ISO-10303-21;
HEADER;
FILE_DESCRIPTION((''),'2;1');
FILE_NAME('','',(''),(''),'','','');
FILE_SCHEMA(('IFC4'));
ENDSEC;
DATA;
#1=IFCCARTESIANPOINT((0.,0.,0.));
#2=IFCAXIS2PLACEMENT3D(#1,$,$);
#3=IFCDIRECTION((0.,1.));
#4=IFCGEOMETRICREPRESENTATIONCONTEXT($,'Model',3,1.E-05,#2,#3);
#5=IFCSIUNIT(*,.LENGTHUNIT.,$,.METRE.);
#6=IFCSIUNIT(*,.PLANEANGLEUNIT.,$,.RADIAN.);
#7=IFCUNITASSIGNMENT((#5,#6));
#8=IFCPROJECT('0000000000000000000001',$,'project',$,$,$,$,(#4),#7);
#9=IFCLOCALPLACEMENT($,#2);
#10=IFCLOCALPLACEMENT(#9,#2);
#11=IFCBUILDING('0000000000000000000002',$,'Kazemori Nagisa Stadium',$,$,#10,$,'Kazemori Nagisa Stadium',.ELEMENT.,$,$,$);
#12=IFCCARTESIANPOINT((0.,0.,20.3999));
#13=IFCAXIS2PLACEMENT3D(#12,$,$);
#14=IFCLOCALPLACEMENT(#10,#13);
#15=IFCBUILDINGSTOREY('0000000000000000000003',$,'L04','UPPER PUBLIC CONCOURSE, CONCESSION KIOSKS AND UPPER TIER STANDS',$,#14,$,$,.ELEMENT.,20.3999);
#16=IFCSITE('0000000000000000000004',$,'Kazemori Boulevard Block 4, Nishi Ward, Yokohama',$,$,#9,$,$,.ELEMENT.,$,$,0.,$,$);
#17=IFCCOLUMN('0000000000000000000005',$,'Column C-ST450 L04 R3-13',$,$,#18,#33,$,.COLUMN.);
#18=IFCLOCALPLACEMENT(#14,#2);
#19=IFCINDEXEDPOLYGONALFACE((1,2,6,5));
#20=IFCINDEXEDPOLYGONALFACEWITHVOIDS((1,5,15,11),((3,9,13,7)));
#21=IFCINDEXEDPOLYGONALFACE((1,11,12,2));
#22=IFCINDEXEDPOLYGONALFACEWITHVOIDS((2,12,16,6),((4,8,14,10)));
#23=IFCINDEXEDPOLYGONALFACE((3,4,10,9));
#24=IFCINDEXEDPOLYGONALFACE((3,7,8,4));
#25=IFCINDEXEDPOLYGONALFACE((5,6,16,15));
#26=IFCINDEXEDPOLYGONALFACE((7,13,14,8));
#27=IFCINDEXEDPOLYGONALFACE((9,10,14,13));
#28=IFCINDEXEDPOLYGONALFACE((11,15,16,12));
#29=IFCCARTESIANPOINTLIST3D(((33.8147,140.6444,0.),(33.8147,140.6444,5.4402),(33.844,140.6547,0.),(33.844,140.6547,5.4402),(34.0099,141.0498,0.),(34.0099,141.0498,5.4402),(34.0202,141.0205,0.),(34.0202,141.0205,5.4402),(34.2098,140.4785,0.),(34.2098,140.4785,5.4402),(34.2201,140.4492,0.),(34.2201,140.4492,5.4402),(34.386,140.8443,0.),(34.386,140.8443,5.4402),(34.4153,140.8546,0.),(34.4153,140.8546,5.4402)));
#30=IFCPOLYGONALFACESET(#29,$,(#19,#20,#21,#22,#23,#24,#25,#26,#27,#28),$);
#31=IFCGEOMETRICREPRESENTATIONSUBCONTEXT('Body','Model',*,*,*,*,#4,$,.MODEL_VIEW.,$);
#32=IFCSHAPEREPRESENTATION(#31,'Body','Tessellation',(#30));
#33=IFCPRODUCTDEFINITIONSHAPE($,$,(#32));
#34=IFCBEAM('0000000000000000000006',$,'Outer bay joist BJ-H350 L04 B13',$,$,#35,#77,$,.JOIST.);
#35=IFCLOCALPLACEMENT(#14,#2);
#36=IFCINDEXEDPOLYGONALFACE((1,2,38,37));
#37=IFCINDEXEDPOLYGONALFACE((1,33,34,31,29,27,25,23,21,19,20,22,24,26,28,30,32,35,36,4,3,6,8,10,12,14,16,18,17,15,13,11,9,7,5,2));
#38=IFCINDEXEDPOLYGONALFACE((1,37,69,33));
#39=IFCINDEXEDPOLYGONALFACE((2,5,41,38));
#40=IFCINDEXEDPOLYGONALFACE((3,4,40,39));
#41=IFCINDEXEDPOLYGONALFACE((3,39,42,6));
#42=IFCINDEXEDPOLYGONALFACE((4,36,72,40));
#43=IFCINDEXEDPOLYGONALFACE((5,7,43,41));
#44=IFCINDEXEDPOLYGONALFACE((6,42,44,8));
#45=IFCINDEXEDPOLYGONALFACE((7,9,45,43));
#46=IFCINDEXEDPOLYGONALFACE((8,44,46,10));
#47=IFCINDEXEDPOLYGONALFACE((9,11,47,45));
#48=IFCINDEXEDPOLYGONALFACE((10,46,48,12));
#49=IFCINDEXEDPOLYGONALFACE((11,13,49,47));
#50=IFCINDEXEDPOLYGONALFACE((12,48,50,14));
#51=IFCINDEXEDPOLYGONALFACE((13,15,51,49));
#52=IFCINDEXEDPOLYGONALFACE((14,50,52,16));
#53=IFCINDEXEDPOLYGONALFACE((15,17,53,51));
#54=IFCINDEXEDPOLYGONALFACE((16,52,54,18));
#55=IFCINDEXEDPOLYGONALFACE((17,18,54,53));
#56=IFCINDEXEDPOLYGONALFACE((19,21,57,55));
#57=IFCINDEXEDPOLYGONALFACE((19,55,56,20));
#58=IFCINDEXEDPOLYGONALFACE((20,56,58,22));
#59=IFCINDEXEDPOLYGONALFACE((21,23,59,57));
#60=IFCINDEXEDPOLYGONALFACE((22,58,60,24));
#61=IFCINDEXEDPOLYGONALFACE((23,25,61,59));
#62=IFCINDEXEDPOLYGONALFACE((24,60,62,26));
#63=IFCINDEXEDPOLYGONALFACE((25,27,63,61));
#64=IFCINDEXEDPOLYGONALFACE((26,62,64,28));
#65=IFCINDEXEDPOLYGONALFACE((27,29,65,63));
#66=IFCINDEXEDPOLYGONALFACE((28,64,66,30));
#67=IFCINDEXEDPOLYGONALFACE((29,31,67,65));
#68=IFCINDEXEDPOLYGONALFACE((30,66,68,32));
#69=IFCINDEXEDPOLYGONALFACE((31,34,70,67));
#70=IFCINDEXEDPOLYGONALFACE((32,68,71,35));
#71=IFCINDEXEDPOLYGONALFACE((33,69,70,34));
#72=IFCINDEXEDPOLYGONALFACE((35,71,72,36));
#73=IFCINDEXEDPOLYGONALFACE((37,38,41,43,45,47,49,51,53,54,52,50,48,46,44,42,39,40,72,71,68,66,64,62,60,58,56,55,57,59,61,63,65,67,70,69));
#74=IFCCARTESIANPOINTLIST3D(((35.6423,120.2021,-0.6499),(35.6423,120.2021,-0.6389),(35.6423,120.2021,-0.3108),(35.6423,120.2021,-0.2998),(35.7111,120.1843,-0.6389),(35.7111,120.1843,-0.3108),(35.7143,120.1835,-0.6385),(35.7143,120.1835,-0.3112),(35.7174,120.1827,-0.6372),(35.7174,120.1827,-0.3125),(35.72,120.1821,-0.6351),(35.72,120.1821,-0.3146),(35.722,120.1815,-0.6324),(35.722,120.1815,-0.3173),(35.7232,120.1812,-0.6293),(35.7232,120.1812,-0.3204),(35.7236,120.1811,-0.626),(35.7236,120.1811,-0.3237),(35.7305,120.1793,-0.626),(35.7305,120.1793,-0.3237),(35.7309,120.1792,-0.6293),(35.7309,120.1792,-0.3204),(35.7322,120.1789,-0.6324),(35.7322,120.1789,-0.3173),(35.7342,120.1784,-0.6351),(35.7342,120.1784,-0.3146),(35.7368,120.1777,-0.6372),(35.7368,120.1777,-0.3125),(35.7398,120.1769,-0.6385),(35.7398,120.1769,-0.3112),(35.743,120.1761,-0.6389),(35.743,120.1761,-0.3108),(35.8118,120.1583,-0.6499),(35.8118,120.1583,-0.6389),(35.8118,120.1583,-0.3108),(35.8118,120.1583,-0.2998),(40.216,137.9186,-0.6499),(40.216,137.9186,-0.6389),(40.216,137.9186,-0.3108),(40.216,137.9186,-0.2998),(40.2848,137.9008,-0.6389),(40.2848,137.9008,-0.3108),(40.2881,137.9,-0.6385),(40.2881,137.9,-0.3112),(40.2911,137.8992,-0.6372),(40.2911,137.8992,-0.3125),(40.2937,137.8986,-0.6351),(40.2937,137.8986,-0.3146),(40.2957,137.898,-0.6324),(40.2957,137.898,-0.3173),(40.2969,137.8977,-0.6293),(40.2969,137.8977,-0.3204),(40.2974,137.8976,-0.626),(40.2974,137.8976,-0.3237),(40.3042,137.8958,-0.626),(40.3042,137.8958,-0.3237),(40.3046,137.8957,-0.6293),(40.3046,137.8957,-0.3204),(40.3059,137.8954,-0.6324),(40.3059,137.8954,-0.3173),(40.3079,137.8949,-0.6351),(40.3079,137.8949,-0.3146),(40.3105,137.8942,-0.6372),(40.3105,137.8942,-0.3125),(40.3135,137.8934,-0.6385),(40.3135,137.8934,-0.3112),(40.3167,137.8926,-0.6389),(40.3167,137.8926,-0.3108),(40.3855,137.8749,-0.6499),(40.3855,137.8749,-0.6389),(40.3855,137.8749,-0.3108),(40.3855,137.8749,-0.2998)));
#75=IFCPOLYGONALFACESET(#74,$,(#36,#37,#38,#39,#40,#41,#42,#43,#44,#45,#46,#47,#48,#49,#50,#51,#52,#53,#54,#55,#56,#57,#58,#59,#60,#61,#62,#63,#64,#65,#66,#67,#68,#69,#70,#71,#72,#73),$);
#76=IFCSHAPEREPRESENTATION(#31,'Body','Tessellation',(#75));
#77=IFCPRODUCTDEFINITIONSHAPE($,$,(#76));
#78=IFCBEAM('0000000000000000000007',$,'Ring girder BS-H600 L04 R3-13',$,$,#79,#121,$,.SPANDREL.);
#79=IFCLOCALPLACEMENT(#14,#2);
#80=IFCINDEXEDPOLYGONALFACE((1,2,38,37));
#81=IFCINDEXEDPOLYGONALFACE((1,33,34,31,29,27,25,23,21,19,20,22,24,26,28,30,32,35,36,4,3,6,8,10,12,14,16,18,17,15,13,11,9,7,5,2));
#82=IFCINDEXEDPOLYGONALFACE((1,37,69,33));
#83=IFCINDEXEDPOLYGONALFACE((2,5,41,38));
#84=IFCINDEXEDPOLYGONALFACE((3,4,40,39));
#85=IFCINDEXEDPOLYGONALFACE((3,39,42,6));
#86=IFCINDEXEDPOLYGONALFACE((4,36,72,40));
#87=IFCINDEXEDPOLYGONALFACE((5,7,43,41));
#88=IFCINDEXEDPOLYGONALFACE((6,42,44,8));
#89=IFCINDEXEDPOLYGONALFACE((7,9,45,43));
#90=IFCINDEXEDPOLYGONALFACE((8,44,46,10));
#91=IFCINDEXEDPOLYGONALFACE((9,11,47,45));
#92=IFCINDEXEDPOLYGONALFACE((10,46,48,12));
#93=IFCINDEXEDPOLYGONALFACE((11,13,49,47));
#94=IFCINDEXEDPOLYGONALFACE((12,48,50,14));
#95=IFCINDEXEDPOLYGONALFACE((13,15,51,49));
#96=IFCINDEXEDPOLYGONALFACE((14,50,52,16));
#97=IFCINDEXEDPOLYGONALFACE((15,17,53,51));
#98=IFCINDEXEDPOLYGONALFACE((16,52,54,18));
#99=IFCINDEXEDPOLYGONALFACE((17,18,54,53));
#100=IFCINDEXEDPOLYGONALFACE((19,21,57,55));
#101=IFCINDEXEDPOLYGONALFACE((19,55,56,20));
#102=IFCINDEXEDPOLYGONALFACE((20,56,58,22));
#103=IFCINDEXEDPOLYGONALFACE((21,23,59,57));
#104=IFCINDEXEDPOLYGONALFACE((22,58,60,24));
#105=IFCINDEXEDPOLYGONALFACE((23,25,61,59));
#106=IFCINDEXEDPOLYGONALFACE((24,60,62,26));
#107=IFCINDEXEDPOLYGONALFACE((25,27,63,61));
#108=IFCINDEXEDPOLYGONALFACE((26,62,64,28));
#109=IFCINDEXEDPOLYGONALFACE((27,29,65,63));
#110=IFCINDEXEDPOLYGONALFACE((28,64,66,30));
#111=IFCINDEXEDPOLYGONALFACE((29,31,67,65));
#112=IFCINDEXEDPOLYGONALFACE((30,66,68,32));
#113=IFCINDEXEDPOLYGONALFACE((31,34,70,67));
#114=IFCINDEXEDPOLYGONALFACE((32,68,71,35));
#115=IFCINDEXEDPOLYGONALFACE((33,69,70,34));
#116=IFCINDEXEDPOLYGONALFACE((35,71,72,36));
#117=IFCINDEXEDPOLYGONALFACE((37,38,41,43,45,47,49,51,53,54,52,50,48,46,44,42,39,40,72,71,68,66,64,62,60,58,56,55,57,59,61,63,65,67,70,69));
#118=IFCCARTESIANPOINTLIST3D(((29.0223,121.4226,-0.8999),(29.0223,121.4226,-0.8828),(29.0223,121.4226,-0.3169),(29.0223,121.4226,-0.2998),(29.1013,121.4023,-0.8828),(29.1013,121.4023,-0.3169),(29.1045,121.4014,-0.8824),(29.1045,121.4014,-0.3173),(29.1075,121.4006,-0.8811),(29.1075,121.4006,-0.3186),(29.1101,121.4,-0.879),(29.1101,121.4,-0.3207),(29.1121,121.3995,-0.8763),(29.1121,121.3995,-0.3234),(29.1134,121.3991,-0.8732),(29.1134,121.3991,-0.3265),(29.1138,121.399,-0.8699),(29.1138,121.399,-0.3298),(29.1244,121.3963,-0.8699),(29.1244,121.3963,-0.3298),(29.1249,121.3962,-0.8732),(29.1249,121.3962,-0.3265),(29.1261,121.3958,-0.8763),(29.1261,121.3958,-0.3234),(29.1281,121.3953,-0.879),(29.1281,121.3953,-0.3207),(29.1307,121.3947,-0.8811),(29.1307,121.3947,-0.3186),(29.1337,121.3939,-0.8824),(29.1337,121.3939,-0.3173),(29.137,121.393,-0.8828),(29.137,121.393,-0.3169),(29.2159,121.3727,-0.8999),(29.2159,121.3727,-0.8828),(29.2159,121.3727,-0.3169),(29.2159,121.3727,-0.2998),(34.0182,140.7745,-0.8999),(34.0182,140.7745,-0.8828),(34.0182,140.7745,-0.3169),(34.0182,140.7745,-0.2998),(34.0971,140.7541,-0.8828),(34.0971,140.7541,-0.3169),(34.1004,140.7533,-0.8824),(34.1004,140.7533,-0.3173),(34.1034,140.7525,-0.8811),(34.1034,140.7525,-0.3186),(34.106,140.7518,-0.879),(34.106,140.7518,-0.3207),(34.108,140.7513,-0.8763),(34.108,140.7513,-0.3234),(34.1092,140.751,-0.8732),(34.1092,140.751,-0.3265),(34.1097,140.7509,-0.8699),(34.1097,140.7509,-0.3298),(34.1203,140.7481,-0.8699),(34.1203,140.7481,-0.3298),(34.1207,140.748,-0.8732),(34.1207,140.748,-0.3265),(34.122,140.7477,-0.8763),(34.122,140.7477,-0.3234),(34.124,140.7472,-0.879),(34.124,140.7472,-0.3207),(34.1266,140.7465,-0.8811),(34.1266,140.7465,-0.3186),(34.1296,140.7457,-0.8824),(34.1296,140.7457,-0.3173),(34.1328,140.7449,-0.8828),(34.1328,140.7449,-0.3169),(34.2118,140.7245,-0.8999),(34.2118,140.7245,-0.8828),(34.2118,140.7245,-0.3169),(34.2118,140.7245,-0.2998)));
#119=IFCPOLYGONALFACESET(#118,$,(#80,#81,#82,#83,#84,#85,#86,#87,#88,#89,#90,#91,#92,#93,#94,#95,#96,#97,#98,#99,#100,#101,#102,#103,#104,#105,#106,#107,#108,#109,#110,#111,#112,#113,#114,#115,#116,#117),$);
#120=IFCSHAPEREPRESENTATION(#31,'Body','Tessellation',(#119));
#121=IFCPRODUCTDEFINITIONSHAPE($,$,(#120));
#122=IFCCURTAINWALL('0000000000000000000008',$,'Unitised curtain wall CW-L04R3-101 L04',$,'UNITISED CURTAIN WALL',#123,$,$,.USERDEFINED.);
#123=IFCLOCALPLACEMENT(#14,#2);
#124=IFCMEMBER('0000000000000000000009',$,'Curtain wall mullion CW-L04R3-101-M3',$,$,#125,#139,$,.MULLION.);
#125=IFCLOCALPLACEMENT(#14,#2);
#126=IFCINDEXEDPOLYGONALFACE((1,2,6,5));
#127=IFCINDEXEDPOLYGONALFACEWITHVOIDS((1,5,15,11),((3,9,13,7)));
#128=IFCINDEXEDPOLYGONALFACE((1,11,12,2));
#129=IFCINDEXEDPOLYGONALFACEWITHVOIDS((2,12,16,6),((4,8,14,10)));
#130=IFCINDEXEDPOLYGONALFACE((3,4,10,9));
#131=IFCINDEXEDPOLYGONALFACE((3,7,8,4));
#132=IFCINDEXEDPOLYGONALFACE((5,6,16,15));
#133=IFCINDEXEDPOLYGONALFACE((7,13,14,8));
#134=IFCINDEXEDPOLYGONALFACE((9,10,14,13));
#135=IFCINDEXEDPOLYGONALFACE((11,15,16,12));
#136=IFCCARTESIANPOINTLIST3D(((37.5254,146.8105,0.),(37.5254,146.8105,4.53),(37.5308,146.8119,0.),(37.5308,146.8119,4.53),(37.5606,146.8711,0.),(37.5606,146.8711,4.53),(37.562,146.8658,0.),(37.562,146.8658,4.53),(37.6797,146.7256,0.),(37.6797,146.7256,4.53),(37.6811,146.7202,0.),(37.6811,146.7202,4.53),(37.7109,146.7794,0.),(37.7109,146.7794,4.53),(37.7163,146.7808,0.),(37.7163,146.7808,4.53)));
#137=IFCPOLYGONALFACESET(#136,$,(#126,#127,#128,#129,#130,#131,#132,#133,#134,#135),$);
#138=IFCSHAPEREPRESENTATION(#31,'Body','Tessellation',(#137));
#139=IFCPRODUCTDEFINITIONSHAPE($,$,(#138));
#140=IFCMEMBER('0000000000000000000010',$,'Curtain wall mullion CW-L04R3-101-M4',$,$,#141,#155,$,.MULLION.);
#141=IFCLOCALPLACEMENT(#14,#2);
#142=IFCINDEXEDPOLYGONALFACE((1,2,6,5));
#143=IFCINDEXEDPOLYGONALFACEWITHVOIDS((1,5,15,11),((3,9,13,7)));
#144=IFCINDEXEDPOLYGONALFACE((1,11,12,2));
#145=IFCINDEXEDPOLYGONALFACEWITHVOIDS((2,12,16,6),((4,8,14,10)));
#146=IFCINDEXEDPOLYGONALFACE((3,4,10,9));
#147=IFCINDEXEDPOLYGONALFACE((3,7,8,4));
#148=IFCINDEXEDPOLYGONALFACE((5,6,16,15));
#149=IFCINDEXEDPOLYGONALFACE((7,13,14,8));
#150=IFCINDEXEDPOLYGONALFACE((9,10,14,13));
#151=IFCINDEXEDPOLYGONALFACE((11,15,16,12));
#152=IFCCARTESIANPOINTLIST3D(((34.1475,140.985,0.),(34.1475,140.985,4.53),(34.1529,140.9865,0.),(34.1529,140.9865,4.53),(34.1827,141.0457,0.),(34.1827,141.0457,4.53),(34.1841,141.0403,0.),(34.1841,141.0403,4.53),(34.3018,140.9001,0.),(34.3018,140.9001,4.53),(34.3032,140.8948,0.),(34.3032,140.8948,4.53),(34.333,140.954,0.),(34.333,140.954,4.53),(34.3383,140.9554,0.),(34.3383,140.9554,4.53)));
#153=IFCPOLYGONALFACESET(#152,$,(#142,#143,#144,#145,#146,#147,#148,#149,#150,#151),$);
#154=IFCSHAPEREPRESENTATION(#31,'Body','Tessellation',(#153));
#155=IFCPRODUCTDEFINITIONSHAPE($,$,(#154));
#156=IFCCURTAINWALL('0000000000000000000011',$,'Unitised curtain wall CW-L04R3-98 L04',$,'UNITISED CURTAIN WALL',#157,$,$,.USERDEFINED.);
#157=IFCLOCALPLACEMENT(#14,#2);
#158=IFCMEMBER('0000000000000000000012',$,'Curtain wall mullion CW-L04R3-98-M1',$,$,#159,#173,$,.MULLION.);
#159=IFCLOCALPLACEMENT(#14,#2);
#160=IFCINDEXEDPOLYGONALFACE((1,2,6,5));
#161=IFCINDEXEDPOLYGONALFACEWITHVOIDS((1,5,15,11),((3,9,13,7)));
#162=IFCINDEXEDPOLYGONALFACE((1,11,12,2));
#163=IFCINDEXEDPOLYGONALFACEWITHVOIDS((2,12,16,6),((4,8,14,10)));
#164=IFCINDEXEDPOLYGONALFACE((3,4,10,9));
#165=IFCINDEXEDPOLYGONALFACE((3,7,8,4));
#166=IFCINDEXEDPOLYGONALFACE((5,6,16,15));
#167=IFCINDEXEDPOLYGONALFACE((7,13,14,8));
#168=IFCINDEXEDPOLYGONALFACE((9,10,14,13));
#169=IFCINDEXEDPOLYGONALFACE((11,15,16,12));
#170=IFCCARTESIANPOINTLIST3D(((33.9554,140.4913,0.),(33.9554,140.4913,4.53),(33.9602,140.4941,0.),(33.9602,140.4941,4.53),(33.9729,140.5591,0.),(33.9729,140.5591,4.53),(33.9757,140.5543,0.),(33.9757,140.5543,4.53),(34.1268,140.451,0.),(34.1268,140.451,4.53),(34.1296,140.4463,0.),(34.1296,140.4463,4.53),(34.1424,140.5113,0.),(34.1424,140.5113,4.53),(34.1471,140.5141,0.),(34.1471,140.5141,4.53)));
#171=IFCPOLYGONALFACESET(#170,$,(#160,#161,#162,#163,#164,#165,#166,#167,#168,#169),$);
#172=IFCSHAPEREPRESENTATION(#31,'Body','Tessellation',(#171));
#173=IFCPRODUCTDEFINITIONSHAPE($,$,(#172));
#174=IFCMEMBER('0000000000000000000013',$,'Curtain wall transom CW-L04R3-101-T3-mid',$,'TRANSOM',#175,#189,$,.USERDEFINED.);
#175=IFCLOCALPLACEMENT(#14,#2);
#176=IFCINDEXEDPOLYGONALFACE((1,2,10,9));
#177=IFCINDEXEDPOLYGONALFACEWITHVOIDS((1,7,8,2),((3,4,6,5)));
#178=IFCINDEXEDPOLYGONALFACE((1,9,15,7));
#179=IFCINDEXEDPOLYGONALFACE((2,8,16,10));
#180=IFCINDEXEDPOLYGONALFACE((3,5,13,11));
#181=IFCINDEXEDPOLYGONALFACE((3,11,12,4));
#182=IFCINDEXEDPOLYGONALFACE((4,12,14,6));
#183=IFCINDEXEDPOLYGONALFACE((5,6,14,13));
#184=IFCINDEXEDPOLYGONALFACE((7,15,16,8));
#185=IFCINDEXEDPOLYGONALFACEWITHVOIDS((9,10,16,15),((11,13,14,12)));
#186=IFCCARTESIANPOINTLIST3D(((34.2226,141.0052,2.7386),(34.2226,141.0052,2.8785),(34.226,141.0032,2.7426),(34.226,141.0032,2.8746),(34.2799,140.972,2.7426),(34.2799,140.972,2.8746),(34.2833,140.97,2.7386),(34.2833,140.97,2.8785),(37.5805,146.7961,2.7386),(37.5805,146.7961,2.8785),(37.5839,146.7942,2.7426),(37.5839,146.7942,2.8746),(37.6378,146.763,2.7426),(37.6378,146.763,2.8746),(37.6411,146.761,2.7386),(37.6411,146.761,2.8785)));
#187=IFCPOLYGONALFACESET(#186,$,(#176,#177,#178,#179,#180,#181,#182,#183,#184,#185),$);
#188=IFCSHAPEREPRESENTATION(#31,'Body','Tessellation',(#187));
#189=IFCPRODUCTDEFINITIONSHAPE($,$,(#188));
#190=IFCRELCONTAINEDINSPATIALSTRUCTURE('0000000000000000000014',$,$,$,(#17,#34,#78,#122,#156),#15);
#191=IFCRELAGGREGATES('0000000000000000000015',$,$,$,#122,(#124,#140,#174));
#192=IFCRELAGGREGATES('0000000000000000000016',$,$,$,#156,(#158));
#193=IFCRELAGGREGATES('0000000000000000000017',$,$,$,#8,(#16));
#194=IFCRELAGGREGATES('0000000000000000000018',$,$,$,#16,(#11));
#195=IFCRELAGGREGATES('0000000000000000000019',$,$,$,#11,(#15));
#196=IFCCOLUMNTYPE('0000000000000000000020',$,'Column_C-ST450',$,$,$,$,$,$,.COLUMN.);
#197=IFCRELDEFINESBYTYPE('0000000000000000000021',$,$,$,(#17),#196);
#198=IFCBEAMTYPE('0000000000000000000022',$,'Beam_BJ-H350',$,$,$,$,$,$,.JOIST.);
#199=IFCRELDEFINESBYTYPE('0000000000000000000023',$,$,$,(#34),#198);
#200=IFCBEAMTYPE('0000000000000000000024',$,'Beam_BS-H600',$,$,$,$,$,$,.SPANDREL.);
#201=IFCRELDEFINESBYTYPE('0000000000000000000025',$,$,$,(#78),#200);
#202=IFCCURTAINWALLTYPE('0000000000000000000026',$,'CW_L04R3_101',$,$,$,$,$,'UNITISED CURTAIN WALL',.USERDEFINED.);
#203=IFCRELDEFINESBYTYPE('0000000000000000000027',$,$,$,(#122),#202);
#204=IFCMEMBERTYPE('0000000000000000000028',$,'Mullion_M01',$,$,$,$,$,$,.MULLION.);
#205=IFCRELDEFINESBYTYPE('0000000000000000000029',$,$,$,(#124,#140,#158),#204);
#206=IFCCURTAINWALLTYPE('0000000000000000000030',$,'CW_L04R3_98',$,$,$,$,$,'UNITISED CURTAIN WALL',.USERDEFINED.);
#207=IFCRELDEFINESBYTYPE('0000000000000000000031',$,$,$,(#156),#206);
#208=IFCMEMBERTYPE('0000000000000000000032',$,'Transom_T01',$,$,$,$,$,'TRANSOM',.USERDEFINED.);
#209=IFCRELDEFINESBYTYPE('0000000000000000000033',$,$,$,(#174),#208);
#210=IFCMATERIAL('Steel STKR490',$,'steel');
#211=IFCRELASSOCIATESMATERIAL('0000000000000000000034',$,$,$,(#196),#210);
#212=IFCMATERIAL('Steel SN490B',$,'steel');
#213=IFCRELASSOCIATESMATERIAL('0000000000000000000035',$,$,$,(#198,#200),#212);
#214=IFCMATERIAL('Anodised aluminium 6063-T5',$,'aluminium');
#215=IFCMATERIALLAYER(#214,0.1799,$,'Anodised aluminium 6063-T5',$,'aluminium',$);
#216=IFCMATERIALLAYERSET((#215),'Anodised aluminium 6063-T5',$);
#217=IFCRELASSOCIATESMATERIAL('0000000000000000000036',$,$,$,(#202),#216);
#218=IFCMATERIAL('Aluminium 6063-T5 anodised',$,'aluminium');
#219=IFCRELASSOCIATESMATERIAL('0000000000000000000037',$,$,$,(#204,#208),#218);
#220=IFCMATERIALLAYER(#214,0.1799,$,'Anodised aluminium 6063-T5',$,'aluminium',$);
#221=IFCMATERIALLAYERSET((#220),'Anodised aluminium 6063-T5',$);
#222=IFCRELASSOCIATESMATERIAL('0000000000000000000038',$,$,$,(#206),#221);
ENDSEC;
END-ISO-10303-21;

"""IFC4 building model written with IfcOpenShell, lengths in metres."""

from ifc_helpers import new_model, si_unit, direction, frame, origin, origin_2d, place, context, subcontext, project, spatial, hollow_rectangle, i_section, extrude, material, layer, layer_set, material_profile, profile_set, type_object, element, aggregate, save


model = new_model("IFC4")

# Units and contexts
model_context = context("Model", 3, precision=1e-05, world=origin(), true_north=direction((0.0, 1.0)))
body_context = subcontext(model_context, "Body", "Model", "MODEL_VIEW")
ifc_project = project(units=[si_unit("LENGTHUNIT", "METRE"), si_unit("PLANEANGLEUNIT", "RADIAN")], contexts=[model_context])

# Site, building, storey
site_placement = place(None, origin())
site = spatial("IfcSite", under=ifc_project, at=site_placement, Name="Kazemori Boulevard Block 4, Nishi Ward, Yokohama", CompositionType="ELEMENT", RefElevation=0.0)
building_placement = place(site_placement, origin())
building = spatial("IfcBuilding", under=site, at=building_placement, Name="Kazemori Nagisa Stadium", LongName="Kazemori Nagisa Stadium", CompositionType="ELEMENT")
storey_placement = place(building_placement, frame((0.0, 0.0, 20.3999)))
storey = spatial("IfcBuildingStorey", under=building, at=storey_placement, Name="L04", Description="UPPER PUBLIC CONCOURSE, CONCESSION KIOSKS AND UPPER TIER STANDS", CompositionType="ELEMENT", Elevation=20.3999)

# Column
ifc_material_1 = material(Name="Steel STKR490", Category="steel")
ifc_material_profile_1 = material_profile(ifc_material_1, hollow_rectangle(XDim=0.45, YDim=0.45, WallThickness=0.022, at=origin_2d()), Name="SHS-450x450x22")
ifc_profile_set_1 = profile_set([ifc_material_profile_1], Name="Steel STKR490")
column_type = type_object("IfcColumnType", Name="Column_C-ST450", PredefinedType="COLUMN", material=ifc_profile_set_1)
column_placement = place(storey_placement, frame((34.115, 140.7495, 0.0), z_axis=(0.0, 0.0, 1.0), x_axis=(-0.900969, 0.433884, 0.0)))
element("IfcColumn", 1, at=column_placement, inside=storey, type_object=column_type, Name="Column C-ST450 L04 R3-13", PredefinedType="COLUMN", context=body_context, shape_type="SweptSolid", body=[
    extrude(hollow_rectangle(XDim=0.45, YDim=0.45, WallThickness=0.022, at=origin_2d()), origin(), (0.0, 0.0, 1.0), 5.4402),
])

# Beams
ifc_material_2 = material(Name="Steel SN490B", Category="steel")
ifc_material_profile_2 = material_profile(ifc_material_2, i_section(OverallWidth=0.175, OverallDepth=0.3501, WebThickness=0.0071, FlangeThickness=0.011, FilletRadius=0.0129, at=origin_2d()), Name="H-350x175x7x11")
ifc_profile_set_2 = profile_set([ifc_material_profile_2], Name="Steel SN490B")
beam_type_1 = type_object("IfcBeamType", Name="Beam_BJ-H350", PredefinedType="JOIST", material=ifc_profile_set_2)
beam_1_placement = place(storey_placement, frame((40.3008, 137.8967, -0.4749), z_axis=(-0.249966, -0.968255, 0.0), x_axis=(0.968255, -0.249966, 0.0)))
element("IfcBeam", 2, at=beam_1_placement, inside=storey, type_object=beam_type_1, Name="Outer bay joist BJ-H350 L04 B13", PredefinedType="JOIST", context=body_context, shape_type="SweptSolid", body=[
    extrude(i_section(OverallWidth=0.175, OverallDepth=0.3501, WebThickness=0.0071, FlangeThickness=0.011, FilletRadius=0.0129, at=origin_2d()), origin(), (0.0, 0.0, 1.0), 18.2974),
])
ifc_material_profile_3 = material_profile(ifc_material_2, i_section(OverallWidth=0.2, OverallDepth=0.6001, WebThickness=0.011, FlangeThickness=0.0171, FilletRadius=0.0129, at=origin_2d()), Name="H-600x200x11x17")
ifc_profile_set_3 = profile_set([ifc_material_profile_3], Name="Steel SN490B")
beam_type_2 = type_object("IfcBeamType", Name="Beam_BS-H600", PredefinedType="SPANDREL", material=ifc_profile_set_3)
beam_2_placement = place(storey_placement, frame((34.115, 140.7495, -0.5999), z_axis=(-0.249964, -0.968255, 0.0), x_axis=(0.968255, -0.249964, 0.0)))
element("IfcBeam", 3, at=beam_2_placement, inside=storey, type_object=beam_type_2, Name="Ring girder BS-H600 L04 R3-13", PredefinedType="SPANDREL", context=body_context, shape_type="SweptSolid", body=[
    extrude(i_section(OverallWidth=0.2, OverallDepth=0.6001, WebThickness=0.011, FlangeThickness=0.0171, FilletRadius=0.0129, at=origin_2d()), origin(), (0.0, 0.0, 1.0), 19.9863),
])

# Curtain wall, members
ifc_material_3 = material(Name="Anodised aluminium 6063-T5", Category="aluminium")
ifc_layer_1 = layer(ifc_material_3, 0.1799, Name="Anodised aluminium 6063-T5", Category="aluminium")
ifc_layer_set_1 = layer_set([ifc_layer_1], Name="Anodised aluminium 6063-T5")
curtain_wall_type_1 = type_object("IfcCurtainWallType", Name="CW_L04R3_101", ElementType="UNITISED CURTAIN WALL", PredefinedType="USERDEFINED", material=ifc_layer_set_1)
curtain_wall_1_placement = place(storey_placement, origin())
curtain_wall_1 = element("IfcCurtainWall", 4, at=curtain_wall_1_placement, inside=storey, type_object=curtain_wall_type_1, Name="Unitised curtain wall CW-L04R3-101 L04", ObjectType="UNITISED CURTAIN WALL", PredefinedType="USERDEFINED")
ifc_material_4 = material(Name="Aluminium 6063-T5 anodised", Category="aluminium")
ifc_material_profile_4 = material_profile(ifc_material_4, hollow_rectangle(XDim=0.0701, YDim=0.1799, WallThickness=0.0039, at=origin_2d()), Name="ALU-MULL-70x180x4")
ifc_profile_set_4 = profile_set([ifc_material_profile_4], Name="Aluminium 6063-T5 anodised")
member_type_1 = type_object("IfcMemberType", Name="Mullion_M01", PredefinedType="MULLION", material=ifc_profile_set_4)
member_1_placement = place(storey_placement, frame((37.6208, 146.7957, 0.0), z_axis=(0.0, 0.0, 1.0), x_axis=(-0.501612, -0.865093, 0.0)))
member_1 = element("IfcMember", 5, at=member_1_placement, type_object=member_type_1, Name="Curtain wall mullion CW-L04R3-101-M3", PredefinedType="MULLION", context=body_context, shape_type="SweptSolid", body=[
    extrude(hollow_rectangle(XDim=0.0701, YDim=0.1799, WallThickness=0.0039, at=origin_2d()), origin(), (0.0, 0.0, 1.0), 4.53),
])
member_2_placement = place(storey_placement, frame((34.2429, 140.9702, 0.0), z_axis=(0.0, 0.0, 1.0), x_axis=(-0.501612, -0.865093, 0.0)))
member_2 = element("IfcMember", 6, at=member_2_placement, type_object=member_type_1, Name="Curtain wall mullion CW-L04R3-101-M4", PredefinedType="MULLION", context=body_context, shape_type="SweptSolid", body=[
    extrude(hollow_rectangle(XDim=0.0701, YDim=0.1799, WallThickness=0.0039, at=origin_2d()), origin(), (0.0, 0.0, 1.0), 4.53),
])

# Curtain wall, member
ifc_layer_2 = layer(ifc_material_3, 0.1799, Name="Anodised aluminium 6063-T5", Category="aluminium")
ifc_layer_set_2 = layer_set([ifc_layer_2], Name="Anodised aluminium 6063-T5")
curtain_wall_type_2 = type_object("IfcCurtainWallType", Name="CW_L04R3_98", ElementType="UNITISED CURTAIN WALL", PredefinedType="USERDEFINED", material=ifc_layer_set_2)
curtain_wall_2_placement = place(storey_placement, origin())
curtain_wall_2 = element("IfcCurtainWall", 7, at=curtain_wall_2_placement, inside=storey, type_object=curtain_wall_type_2, Name="Unitised curtain wall CW-L04R3-98 L04", ObjectType="UNITISED CURTAIN WALL", PredefinedType="USERDEFINED")
member_3_placement = place(storey_placement, frame((34.0513, 140.5027, 0.0), z_axis=(0.0, 0.0, 1.0), x_axis=(-0.249965, -0.968255, 0.0)))
member_3 = element("IfcMember", 8, at=member_3_placement, type_object=member_type_1, Name="Curtain wall mullion CW-L04R3-98-M1", PredefinedType="MULLION", context=body_context, shape_type="SweptSolid", body=[
    extrude(hollow_rectangle(XDim=0.0701, YDim=0.1799, WallThickness=0.0039, at=origin_2d()), origin(), (0.0, 0.0, 1.0), 4.53),
])

# Member
ifc_material_profile_5 = material_profile(ifc_material_4, hollow_rectangle(XDim=0.0701, YDim=0.1399, WallThickness=0.0039, at=origin_2d()), Name="ALU-TRAN-70x140x4")
ifc_profile_set_5 = profile_set([ifc_material_profile_5], Name="Aluminium 6063-T5 anodised")
member_type_2 = type_object("IfcMemberType", Name="Transom_T01", ElementType="TRANSOM", PredefinedType="USERDEFINED", material=ifc_profile_set_5)
member_4_placement = place(storey_placement, frame((37.6108, 146.7786, 2.8086), z_axis=(-0.50162, -0.865088, 0.0), x_axis=(0.865088, -0.50162, 0.0)))
member_4 = element("IfcMember", 9, at=member_4_placement, type_object=member_type_2, Name="Curtain wall transom CW-L04R3-101-T3-mid", ObjectType="TRANSOM", PredefinedType="USERDEFINED", context=body_context, shape_type="SweptSolid", body=[
    extrude(hollow_rectangle(XDim=0.0701, YDim=0.1399, WallThickness=0.0039, at=origin_2d()), origin(), (0.0, 0.0, 1.0), 6.6941),
])

aggregate(curtain_wall_1, [member_1, member_2, member_4])
aggregate(curtain_wall_2, [member_3])

save(model, "model.ifc")
